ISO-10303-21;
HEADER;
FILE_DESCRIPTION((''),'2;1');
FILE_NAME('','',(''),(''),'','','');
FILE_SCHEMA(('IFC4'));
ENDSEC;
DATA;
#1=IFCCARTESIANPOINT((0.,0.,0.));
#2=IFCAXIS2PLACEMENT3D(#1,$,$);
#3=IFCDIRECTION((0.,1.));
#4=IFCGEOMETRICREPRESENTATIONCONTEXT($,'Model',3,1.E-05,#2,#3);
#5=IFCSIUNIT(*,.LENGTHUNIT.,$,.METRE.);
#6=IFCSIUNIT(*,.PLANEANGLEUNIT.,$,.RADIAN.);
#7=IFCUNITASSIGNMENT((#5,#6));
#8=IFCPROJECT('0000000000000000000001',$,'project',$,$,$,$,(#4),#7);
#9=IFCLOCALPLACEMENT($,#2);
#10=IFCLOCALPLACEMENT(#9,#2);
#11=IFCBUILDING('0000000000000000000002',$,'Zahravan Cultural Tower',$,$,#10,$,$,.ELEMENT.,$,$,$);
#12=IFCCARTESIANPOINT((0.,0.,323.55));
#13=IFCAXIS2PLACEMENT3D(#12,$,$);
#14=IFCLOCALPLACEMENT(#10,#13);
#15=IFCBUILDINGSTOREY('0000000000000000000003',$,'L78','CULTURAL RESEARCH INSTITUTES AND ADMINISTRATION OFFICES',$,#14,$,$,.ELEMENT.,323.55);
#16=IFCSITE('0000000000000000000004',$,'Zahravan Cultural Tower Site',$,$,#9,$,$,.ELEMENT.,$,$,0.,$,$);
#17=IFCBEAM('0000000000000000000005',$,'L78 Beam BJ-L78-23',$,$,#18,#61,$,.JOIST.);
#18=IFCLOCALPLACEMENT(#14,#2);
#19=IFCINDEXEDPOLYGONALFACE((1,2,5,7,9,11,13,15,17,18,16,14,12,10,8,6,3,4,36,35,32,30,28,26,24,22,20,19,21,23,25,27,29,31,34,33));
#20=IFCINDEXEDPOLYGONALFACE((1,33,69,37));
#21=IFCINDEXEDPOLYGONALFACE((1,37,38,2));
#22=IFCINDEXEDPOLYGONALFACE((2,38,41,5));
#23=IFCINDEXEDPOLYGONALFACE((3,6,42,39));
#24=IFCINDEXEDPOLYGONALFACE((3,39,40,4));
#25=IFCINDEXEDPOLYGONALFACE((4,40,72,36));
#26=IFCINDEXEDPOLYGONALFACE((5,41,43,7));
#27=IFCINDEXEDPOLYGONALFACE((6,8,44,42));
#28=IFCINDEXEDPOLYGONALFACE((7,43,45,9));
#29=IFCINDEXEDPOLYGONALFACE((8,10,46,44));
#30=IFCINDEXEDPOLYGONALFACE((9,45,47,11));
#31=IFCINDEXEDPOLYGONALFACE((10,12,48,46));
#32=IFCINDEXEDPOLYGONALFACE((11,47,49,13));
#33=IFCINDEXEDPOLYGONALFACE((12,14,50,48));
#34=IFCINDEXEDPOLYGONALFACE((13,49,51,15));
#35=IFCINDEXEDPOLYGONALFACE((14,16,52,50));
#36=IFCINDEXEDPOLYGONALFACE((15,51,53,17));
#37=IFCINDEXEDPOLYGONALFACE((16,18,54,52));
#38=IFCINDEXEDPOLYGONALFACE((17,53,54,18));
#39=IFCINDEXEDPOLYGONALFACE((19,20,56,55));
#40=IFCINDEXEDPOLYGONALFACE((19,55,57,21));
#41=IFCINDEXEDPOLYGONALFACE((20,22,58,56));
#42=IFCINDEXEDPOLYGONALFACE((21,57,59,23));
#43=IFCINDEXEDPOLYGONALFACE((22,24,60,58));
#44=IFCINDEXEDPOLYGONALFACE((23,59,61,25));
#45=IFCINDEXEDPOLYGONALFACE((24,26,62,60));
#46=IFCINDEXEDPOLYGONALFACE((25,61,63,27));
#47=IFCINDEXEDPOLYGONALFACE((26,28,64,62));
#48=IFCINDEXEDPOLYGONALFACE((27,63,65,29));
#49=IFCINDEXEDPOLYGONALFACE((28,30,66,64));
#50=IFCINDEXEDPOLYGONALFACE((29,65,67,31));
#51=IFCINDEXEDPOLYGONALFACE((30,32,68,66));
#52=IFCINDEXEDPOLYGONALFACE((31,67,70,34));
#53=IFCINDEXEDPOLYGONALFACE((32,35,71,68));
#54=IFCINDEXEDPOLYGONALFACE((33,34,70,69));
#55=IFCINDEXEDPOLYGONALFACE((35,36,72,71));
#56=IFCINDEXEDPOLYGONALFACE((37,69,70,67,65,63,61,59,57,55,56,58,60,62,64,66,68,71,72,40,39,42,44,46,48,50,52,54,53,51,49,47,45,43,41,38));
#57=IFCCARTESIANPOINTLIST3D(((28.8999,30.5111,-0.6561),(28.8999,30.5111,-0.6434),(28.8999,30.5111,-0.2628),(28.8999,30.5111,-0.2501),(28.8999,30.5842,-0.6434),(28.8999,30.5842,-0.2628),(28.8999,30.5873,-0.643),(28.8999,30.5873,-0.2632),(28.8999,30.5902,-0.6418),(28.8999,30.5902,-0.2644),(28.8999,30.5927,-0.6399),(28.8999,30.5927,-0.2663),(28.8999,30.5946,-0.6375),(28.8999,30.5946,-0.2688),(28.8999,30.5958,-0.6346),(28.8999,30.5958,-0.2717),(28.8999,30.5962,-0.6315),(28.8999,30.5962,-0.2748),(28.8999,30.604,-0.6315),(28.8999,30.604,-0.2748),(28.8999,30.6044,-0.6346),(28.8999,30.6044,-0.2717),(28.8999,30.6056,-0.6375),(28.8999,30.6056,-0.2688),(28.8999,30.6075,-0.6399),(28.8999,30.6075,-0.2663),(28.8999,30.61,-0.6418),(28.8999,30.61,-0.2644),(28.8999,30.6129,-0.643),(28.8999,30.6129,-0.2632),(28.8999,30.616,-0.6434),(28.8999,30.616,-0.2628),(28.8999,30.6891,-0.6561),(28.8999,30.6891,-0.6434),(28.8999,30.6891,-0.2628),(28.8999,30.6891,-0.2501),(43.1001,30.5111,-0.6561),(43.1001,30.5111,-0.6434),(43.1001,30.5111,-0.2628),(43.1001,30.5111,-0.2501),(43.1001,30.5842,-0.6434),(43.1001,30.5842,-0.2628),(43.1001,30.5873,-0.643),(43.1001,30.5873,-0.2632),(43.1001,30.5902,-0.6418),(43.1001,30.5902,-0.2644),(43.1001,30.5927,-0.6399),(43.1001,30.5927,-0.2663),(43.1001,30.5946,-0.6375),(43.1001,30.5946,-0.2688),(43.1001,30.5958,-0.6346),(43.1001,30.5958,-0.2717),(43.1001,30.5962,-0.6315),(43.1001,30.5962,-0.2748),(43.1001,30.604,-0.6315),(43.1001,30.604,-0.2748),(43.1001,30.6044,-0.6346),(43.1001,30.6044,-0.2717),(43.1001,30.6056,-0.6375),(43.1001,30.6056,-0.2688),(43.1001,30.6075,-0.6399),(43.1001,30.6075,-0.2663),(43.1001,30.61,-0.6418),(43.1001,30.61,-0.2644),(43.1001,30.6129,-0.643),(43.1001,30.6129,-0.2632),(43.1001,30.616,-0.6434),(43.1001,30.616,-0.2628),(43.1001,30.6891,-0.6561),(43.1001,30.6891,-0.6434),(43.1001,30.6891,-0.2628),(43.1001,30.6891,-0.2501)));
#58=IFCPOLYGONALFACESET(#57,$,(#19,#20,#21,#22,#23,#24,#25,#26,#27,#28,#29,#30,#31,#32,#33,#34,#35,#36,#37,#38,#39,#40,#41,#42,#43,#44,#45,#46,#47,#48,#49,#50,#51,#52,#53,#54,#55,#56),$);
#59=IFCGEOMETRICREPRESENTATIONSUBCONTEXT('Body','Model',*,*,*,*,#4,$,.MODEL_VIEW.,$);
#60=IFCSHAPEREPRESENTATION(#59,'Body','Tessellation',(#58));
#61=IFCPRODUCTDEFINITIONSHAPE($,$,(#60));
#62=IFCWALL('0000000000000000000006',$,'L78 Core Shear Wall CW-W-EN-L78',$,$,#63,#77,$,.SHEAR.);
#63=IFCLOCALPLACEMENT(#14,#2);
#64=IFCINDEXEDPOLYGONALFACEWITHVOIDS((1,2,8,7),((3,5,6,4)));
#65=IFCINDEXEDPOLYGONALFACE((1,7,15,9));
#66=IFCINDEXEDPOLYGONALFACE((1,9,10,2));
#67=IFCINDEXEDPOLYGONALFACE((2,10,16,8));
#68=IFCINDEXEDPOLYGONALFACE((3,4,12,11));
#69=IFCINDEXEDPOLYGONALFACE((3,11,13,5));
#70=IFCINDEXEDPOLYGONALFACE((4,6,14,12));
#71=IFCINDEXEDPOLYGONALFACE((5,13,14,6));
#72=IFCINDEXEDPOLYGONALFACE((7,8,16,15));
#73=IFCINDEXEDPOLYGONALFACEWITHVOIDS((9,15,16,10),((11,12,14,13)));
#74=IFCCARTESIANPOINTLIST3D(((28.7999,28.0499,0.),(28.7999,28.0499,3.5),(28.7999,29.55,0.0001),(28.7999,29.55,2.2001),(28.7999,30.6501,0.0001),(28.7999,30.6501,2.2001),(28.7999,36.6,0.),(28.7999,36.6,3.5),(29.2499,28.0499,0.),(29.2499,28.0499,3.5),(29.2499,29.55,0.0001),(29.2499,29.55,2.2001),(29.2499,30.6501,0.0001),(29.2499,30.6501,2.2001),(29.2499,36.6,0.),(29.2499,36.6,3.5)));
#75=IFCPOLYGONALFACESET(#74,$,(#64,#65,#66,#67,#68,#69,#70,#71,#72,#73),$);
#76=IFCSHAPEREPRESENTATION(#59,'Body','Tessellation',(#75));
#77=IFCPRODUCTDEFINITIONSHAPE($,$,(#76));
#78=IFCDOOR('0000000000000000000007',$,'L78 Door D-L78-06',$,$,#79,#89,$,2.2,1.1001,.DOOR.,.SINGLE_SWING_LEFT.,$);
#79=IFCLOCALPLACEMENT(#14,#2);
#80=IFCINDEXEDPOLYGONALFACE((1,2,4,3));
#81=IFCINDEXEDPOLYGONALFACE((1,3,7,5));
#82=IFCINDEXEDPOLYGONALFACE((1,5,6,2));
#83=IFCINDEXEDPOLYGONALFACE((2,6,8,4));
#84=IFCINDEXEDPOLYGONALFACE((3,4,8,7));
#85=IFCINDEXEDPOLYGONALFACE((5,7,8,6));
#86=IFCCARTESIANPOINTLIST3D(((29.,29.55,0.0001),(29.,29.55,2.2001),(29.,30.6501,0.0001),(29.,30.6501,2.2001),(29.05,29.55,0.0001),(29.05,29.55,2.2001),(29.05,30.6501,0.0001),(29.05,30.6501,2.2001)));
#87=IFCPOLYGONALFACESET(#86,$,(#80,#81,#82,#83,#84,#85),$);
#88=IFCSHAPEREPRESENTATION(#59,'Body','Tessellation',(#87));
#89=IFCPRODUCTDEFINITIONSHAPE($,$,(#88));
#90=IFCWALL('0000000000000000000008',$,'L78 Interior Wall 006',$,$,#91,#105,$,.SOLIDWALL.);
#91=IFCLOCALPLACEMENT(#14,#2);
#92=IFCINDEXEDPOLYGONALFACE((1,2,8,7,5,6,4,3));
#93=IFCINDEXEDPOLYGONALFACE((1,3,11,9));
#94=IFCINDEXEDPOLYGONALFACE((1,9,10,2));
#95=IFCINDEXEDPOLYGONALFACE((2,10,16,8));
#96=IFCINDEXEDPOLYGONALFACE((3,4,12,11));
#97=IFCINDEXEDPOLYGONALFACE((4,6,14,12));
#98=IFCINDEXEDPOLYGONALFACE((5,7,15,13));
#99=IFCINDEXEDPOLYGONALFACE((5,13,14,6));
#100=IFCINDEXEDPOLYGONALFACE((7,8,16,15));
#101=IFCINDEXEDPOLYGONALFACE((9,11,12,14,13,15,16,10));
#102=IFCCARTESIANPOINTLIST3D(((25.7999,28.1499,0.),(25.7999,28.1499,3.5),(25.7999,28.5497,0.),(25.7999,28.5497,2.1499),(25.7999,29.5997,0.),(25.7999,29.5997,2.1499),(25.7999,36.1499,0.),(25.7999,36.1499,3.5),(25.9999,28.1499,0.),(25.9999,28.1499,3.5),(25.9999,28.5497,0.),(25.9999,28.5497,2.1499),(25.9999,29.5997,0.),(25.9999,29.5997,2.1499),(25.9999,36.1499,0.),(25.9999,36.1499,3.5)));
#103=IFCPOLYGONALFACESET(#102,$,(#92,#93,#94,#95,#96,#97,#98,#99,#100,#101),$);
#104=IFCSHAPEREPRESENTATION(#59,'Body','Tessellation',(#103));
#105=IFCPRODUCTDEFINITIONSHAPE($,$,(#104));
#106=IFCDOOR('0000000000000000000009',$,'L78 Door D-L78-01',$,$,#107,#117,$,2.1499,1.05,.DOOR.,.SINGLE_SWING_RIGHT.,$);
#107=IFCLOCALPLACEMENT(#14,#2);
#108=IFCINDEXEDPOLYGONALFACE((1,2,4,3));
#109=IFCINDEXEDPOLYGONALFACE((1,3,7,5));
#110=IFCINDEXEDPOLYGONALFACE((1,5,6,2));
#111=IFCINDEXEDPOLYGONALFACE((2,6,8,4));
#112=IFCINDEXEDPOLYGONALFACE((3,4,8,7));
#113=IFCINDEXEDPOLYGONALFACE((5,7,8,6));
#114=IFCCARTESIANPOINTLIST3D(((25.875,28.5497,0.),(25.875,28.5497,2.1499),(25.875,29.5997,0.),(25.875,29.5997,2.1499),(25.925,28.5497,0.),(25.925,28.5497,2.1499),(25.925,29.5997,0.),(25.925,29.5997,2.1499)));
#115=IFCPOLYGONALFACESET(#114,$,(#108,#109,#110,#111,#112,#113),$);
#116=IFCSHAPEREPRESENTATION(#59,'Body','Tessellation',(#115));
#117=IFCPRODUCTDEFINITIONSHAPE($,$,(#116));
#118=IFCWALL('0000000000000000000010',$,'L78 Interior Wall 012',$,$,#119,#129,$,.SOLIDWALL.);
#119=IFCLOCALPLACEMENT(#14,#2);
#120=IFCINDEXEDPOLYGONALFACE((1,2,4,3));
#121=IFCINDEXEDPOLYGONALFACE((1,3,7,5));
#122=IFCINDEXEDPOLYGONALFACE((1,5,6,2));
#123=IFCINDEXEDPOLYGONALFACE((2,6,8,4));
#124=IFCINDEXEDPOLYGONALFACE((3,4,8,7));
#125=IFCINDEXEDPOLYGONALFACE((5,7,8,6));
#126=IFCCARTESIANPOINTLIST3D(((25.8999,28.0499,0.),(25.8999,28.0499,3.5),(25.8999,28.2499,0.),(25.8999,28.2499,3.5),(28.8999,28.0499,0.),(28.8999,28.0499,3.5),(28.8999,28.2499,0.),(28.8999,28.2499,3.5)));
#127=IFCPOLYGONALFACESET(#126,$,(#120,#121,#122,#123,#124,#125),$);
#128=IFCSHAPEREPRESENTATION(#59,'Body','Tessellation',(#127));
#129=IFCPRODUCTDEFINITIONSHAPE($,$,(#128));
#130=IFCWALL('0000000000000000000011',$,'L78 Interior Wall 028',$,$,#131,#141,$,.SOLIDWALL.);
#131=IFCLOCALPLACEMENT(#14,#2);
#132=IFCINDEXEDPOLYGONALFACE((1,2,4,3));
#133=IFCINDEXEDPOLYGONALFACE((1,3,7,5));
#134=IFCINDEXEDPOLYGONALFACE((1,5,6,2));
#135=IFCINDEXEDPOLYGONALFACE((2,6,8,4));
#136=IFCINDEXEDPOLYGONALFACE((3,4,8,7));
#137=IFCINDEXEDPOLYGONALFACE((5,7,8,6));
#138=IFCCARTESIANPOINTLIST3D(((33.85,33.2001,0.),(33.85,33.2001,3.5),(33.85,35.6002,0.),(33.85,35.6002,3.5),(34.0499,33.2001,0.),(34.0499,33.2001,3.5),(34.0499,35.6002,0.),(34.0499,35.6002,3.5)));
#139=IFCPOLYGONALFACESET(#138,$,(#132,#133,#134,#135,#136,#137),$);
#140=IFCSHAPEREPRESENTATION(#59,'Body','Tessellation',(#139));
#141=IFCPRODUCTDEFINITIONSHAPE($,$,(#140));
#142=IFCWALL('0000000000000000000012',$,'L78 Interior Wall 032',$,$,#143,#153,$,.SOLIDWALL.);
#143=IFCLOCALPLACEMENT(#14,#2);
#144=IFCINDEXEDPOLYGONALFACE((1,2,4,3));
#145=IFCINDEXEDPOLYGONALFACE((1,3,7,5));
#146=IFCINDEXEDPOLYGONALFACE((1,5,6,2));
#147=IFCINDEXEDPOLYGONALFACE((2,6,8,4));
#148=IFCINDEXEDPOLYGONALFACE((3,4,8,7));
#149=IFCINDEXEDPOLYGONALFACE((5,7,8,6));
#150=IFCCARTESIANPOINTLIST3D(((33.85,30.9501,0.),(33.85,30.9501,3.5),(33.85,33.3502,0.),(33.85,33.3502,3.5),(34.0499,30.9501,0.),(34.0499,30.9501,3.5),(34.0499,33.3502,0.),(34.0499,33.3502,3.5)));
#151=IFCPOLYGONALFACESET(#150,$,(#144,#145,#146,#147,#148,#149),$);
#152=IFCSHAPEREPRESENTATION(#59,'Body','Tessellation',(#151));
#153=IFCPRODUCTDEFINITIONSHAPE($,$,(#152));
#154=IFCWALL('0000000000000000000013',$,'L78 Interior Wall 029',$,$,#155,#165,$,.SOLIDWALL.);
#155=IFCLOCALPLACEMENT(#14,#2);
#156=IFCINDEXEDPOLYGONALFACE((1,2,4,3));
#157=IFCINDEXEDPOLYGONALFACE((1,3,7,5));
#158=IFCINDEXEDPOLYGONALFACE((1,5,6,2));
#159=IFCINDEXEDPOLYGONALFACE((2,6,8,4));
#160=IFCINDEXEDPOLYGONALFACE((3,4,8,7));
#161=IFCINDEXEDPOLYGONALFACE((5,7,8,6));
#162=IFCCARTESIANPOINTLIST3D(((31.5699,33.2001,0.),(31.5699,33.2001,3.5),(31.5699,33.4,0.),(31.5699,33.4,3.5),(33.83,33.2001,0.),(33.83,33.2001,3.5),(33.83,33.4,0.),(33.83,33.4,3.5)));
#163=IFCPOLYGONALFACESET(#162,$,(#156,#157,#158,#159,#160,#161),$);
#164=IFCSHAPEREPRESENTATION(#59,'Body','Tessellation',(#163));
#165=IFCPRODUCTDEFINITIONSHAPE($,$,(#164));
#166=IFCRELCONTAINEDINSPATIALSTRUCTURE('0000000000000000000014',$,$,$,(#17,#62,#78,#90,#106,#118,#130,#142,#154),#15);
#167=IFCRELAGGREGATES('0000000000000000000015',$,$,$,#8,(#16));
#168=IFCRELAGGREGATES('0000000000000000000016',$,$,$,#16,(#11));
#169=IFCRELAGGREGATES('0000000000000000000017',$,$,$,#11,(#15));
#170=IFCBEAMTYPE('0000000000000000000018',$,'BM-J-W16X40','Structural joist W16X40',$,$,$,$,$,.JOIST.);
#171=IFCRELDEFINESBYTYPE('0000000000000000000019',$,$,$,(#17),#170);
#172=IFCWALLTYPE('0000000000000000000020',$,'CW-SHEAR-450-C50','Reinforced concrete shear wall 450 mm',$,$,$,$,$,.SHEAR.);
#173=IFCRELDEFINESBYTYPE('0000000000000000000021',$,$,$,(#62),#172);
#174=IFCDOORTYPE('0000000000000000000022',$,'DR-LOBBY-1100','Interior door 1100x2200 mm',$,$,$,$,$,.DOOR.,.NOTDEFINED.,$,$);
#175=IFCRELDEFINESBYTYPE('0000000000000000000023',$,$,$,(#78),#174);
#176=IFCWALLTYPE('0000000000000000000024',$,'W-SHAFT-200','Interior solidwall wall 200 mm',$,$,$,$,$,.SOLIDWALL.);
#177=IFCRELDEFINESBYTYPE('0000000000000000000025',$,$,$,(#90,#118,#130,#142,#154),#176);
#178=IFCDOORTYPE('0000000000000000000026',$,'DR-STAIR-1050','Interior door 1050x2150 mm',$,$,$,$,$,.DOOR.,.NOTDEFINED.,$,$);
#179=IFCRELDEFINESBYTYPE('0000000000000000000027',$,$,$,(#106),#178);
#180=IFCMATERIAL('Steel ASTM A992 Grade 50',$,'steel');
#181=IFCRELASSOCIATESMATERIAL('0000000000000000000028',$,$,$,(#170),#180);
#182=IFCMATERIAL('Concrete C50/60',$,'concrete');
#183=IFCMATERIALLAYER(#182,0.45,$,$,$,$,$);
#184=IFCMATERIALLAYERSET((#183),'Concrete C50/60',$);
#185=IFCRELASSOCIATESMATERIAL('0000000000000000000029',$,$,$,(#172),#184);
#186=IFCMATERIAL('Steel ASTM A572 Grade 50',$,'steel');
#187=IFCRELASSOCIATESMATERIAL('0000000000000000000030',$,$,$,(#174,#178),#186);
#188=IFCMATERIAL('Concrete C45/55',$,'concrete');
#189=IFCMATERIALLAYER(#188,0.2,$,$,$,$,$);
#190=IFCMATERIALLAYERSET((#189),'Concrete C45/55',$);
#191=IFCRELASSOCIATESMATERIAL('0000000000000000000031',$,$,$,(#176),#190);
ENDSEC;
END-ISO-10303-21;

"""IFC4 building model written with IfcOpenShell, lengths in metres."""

from ifc_helpers import new_model, si_unit, direction, frame, frame_2d, origin, origin_2d, place, context, subcontext, project, spatial, rectangle, i_section, extrude, source, transform, mapped, material, layer, layer_set, material_profile, profile_set, type_object, element, fill, save


model = new_model("IFC4")

# Units and contexts
model_context = context("Model", 3, precision=1e-05, world=origin(), true_north=direction((0.0, 1.0)))
body_context = subcontext(model_context, "Body", "Model", "MODEL_VIEW")
ifc_project = project(units=[si_unit("LENGTHUNIT", "METRE"), si_unit("PLANEANGLEUNIT", "RADIAN")], contexts=[model_context])

# Site, building, storey
site_placement = place(None, origin())
site = spatial("IfcSite", under=ifc_project, at=site_placement, Name="Zahravan Cultural Tower Site", CompositionType="ELEMENT", RefElevation=0.0)
building_placement = place(site_placement, origin())
building = spatial("IfcBuilding", under=site, at=building_placement, Name="Zahravan Cultural Tower", CompositionType="ELEMENT")
storey_placement = place(building_placement, frame((0.0, 0.0, 323.55)))
storey = spatial("IfcBuildingStorey", under=building, at=storey_placement, Name="L78", Description="CULTURAL RESEARCH INSTITUTES AND ADMINISTRATION OFFICES", CompositionType="ELEMENT", Elevation=323.55)

# Beam
ifc_material_1 = material(Name="Steel ASTM A992 Grade 50", Category="steel")
ifc_material_profile = material_profile(ifc_material_1, i_section(OverallWidth=0.178, OverallDepth=0.406, WebThickness=0.0078, FlangeThickness=0.0127, FilletRadius=0.012, at=origin_2d()), Name="W16X40")
ifc_profile_set = profile_set([ifc_material_profile], Name="Steel ASTM A992 Grade 50")
beam_type = type_object("IfcBeamType", Name="BM-J-W16X40", Description="Structural joist W16X40", PredefinedType="JOIST", material=ifc_profile_set)
shared_shape_1 = source(origin(), body_context, "Body", "SweptSolid", [
    extrude(i_section(OverallWidth=0.178, OverallDepth=0.406, WebThickness=0.0078, FlangeThickness=0.0127, FilletRadius=0.012, at=origin_2d()), origin(), (0.0, 0.0, 1.0), 14.2002),
])
beam_placement = place(storey_placement, frame((28.8999, 30.6001, -0.4531), z_axis=(1.0, 0.0, 0.0), x_axis=(0.0, 1.0, 0.0)))
element("IfcBeam", 1, at=beam_placement, inside=storey, type_object=beam_type, Name="L78 Beam BJ-L78-23", PredefinedType="JOIST", context=body_context, shape_type="MappedRepresentation", body=[
    mapped(shared_shape_1, transform((0.0, 0.0, 0.0), x_axis=(1.0, 0.0, 0.0), y_axis=(0.0, 1.0, 0.0), z_axis=(0.0, 0.0, 1.0), scale=1.0)),
])

# Walls, openings, doors
ifc_material_2 = material(Name="Concrete C50/60", Category="concrete")
ifc_layer_1 = layer(ifc_material_2, 0.45)
ifc_layer_set_1 = layer_set([ifc_layer_1], Name="Concrete C50/60")
wall_type_1 = type_object("IfcWallType", Name="CW-SHEAR-450-C50", Description="Reinforced concrete shear wall 450 mm", PredefinedType="SHEAR", material=ifc_layer_set_1)
wall_1_placement = place(storey_placement, frame((29.0249, 28.05, 0.0), z_axis=(0.0, 0.0, 1.0), x_axis=(0.0, 1.0, 0.0)))
wall_1 = element("IfcWall", 2, at=wall_1_placement, inside=storey, type_object=wall_type_1, Name="L78 Core Shear Wall CW-W-EN-L78", PredefinedType="SHEAR", context=body_context, shape_type="SweptSolid", body=[
    extrude(rectangle(XDim=8.55, YDim=0.45, at=frame_2d((4.2749, 0.0))), origin(), (0.0, 0.0, 1.0), 3.5),
])
opening_1_placement = place(wall_1_placement, frame((1.5, 0.0, 0.0)))
opening_1 = element("IfcOpeningElement", 3, at=opening_1_placement, cuts=wall_1, PredefinedType="OPENING", context=body_context, shape_type="SweptSolid", body=[
    extrude(rectangle(XDim=1.1001, YDim=2.2, at=frame_2d((0.55, 1.1001))), frame((0.0, 0.2349, 0.0), z_axis=(0.0, -1.0, 0.0), x_axis=(1.0, 0.0, 0.0)), (0.0, 0.0, 1.0), 0.47),
])
ifc_material_3 = material(Name="Steel ASTM A572 Grade 50", Category="steel")
door_type_1 = type_object("IfcDoorType", Name="DR-LOBBY-1100", Description="Interior door 1100x2200 mm", OperationType="NOTDEFINED", PredefinedType="DOOR", material=ifc_material_3)
shared_shape_2 = source(origin(), body_context, "Body", "SweptSolid", [
    extrude(rectangle(XDim=1.1001, YDim=2.2, at=frame_2d((0.55, 1.1001))), frame((0.0, 0.0249, 0.0), z_axis=(0.0, -1.0, 0.0), x_axis=(1.0, 0.0, 0.0)), (0.0, 0.0, 1.0), 0.05),
])
door_1_placement = place(opening_1_placement, origin())
door_1 = element("IfcDoor", 4, at=door_1_placement, inside=storey, type_object=door_type_1, Name="L78 Door D-L78-06", OperationType="SINGLE_SWING_LEFT", OverallHeight=2.2, OverallWidth=1.1001, PredefinedType="DOOR", context=body_context, shape_type="MappedRepresentation", body=[
    mapped(shared_shape_2, transform((0.0, 0.0, 0.0), x_axis=(1.0, 0.0, 0.0), y_axis=(0.0, 1.0, 0.0), z_axis=(0.0, 0.0, 1.0), scale=1.0)),
])
fill(opening_1, door_1)
ifc_material_4 = material(Name="Concrete C45/55", Category="concrete")
ifc_layer_2 = layer(ifc_material_4, 0.2)
ifc_layer_set_2 = layer_set([ifc_layer_2], Name="Concrete C45/55")
wall_type_2 = type_object("IfcWallType", Name="W-SHAFT-200", Description="Interior solidwall wall 200 mm", PredefinedType="SOLIDWALL", material=ifc_layer_set_2)
wall_2_placement = place(storey_placement, frame((25.8999, 28.1499, 0.0), z_axis=(0.0, 0.0, 1.0), x_axis=(0.0, 1.0, 0.0)))
wall_2 = element("IfcWall", 5, at=wall_2_placement, inside=storey, type_object=wall_type_2, Name="L78 Interior Wall 006", PredefinedType="SOLIDWALL", context=body_context, shape_type="SweptSolid", body=[
    extrude(rectangle(XDim=8.0, YDim=0.2, at=frame_2d((4.0, 0.0))), origin(), (0.0, 0.0, 1.0), 3.5),
])
opening_2_placement = place(wall_2_placement, frame((0.3999, 0.0, 0.0)))
opening_2 = element("IfcOpeningElement", 6, at=opening_2_placement, cuts=wall_2, PredefinedType="OPENING", context=body_context, shape_type="SweptSolid", body=[
    extrude(rectangle(XDim=1.05, YDim=2.1499, at=frame_2d((0.5249, 1.075))), frame((0.0, 0.1099, 0.0), z_axis=(0.0, -1.0, 0.0), x_axis=(1.0, 0.0, 0.0)), (0.0, 0.0, 1.0), 0.22),
])
door_type_2 = type_object("IfcDoorType", Name="DR-STAIR-1050", Description="Interior door 1050x2150 mm", OperationType="NOTDEFINED", PredefinedType="DOOR", material=ifc_material_3)
shared_shape_3 = source(origin(), body_context, "Body", "SweptSolid", [
    extrude(rectangle(XDim=1.05, YDim=2.1499, at=frame_2d((0.5249, 1.075))), frame((0.0, 0.0249, 0.0), z_axis=(0.0, -1.0, 0.0), x_axis=(1.0, 0.0, 0.0)), (0.0, 0.0, 1.0), 0.05),
])
door_2_placement = place(opening_2_placement, origin())
door_2 = element("IfcDoor", 7, at=door_2_placement, inside=storey, type_object=door_type_2, Name="L78 Door D-L78-01", OperationType="SINGLE_SWING_RIGHT", OverallHeight=2.1499, OverallWidth=1.05, PredefinedType="DOOR", context=body_context, shape_type="MappedRepresentation", body=[
    mapped(shared_shape_3, transform((0.0, 0.0, 0.0), x_axis=(1.0, 0.0, 0.0), y_axis=(0.0, 1.0, 0.0), z_axis=(0.0, 0.0, 1.0), scale=1.0)),
])
fill(opening_2, door_2)

# Walls
shared_shape_4 = source(origin(), body_context, "Body", "SweptSolid", [
    extrude(rectangle(XDim=3.0, YDim=0.2, at=frame_2d((1.5, 0.0))), origin(), (0.0, 0.0, 1.0), 3.5),
])
wall_3_placement = place(storey_placement, frame((25.8999, 28.1499, 0.0), z_axis=(0.0, 0.0, 1.0), x_axis=(1.0, 0.0, 0.0)))
element("IfcWall", 8, at=wall_3_placement, inside=storey, type_object=wall_type_2, Name="L78 Interior Wall 012", PredefinedType="SOLIDWALL", context=body_context, shape_type="MappedRepresentation", body=[
    mapped(shared_shape_4, transform((0.0, 0.0, 0.0), x_axis=(1.0, 0.0, 0.0), y_axis=(0.0, 1.0, 0.0), z_axis=(0.0, 0.0, 1.0), scale=1.0)),
])
shared_shape_5 = source(origin(), body_context, "Body", "SweptSolid", [
    extrude(rectangle(XDim=2.4001, YDim=0.2, at=frame_2d((1.2002, 0.0))), origin(), (0.0, 0.0, 1.0), 3.5),
])
for number, where, z_axis, x_axis, name in (
    (9, (33.95, 33.2, 0.0), (0.0, 0.0, 1.0), (0.0, 1.0, 0.0), "L78 Interior Wall 028"),
    (10, (33.95, 30.95, 0.0), (0.0, 0.0, 1.0), (0.0, 1.0, 0.0), "L78 Interior Wall 032"),
):
    element("IfcWall", number, at=place(storey_placement, frame(where, z_axis=z_axis, x_axis=x_axis)), inside=storey, type_object=wall_type_2, Name=name, PredefinedType="SOLIDWALL", context=body_context, shape_type="MappedRepresentation", body=[
        mapped(shared_shape_5, transform((0.0, 0.0, 0.0), x_axis=(1.0, 0.0, 0.0), y_axis=(0.0, 1.0, 0.0), z_axis=(0.0, 0.0, 1.0), scale=1.0)),
    ])
shared_shape_6 = source(origin(), body_context, "Body", "SweptSolid", [
    extrude(rectangle(XDim=2.26, YDim=0.2, at=frame_2d((1.1299, 0.0))), origin(), (0.0, 0.0, 1.0), 3.5),
])
for number, where, z_axis, x_axis, name in (
    (11, (31.5701, 33.3, 0.0), (0.0, 0.0, 1.0), (1.0, 0.0, 0.0), "L78 Interior Wall 029"),
):
    element("IfcWall", number, at=place(storey_placement, frame(where, z_axis=z_axis, x_axis=x_axis)), inside=storey, type_object=wall_type_2, Name=name, PredefinedType="SOLIDWALL", context=body_context, shape_type="MappedRepresentation", body=[
        mapped(shared_shape_6, transform((0.0, 0.0, 0.0), x_axis=(1.0, 0.0, 0.0), y_axis=(0.0, 1.0, 0.0), z_axis=(0.0, 0.0, 1.0), scale=1.0)),
    ])

save(model, "model.ifc")
